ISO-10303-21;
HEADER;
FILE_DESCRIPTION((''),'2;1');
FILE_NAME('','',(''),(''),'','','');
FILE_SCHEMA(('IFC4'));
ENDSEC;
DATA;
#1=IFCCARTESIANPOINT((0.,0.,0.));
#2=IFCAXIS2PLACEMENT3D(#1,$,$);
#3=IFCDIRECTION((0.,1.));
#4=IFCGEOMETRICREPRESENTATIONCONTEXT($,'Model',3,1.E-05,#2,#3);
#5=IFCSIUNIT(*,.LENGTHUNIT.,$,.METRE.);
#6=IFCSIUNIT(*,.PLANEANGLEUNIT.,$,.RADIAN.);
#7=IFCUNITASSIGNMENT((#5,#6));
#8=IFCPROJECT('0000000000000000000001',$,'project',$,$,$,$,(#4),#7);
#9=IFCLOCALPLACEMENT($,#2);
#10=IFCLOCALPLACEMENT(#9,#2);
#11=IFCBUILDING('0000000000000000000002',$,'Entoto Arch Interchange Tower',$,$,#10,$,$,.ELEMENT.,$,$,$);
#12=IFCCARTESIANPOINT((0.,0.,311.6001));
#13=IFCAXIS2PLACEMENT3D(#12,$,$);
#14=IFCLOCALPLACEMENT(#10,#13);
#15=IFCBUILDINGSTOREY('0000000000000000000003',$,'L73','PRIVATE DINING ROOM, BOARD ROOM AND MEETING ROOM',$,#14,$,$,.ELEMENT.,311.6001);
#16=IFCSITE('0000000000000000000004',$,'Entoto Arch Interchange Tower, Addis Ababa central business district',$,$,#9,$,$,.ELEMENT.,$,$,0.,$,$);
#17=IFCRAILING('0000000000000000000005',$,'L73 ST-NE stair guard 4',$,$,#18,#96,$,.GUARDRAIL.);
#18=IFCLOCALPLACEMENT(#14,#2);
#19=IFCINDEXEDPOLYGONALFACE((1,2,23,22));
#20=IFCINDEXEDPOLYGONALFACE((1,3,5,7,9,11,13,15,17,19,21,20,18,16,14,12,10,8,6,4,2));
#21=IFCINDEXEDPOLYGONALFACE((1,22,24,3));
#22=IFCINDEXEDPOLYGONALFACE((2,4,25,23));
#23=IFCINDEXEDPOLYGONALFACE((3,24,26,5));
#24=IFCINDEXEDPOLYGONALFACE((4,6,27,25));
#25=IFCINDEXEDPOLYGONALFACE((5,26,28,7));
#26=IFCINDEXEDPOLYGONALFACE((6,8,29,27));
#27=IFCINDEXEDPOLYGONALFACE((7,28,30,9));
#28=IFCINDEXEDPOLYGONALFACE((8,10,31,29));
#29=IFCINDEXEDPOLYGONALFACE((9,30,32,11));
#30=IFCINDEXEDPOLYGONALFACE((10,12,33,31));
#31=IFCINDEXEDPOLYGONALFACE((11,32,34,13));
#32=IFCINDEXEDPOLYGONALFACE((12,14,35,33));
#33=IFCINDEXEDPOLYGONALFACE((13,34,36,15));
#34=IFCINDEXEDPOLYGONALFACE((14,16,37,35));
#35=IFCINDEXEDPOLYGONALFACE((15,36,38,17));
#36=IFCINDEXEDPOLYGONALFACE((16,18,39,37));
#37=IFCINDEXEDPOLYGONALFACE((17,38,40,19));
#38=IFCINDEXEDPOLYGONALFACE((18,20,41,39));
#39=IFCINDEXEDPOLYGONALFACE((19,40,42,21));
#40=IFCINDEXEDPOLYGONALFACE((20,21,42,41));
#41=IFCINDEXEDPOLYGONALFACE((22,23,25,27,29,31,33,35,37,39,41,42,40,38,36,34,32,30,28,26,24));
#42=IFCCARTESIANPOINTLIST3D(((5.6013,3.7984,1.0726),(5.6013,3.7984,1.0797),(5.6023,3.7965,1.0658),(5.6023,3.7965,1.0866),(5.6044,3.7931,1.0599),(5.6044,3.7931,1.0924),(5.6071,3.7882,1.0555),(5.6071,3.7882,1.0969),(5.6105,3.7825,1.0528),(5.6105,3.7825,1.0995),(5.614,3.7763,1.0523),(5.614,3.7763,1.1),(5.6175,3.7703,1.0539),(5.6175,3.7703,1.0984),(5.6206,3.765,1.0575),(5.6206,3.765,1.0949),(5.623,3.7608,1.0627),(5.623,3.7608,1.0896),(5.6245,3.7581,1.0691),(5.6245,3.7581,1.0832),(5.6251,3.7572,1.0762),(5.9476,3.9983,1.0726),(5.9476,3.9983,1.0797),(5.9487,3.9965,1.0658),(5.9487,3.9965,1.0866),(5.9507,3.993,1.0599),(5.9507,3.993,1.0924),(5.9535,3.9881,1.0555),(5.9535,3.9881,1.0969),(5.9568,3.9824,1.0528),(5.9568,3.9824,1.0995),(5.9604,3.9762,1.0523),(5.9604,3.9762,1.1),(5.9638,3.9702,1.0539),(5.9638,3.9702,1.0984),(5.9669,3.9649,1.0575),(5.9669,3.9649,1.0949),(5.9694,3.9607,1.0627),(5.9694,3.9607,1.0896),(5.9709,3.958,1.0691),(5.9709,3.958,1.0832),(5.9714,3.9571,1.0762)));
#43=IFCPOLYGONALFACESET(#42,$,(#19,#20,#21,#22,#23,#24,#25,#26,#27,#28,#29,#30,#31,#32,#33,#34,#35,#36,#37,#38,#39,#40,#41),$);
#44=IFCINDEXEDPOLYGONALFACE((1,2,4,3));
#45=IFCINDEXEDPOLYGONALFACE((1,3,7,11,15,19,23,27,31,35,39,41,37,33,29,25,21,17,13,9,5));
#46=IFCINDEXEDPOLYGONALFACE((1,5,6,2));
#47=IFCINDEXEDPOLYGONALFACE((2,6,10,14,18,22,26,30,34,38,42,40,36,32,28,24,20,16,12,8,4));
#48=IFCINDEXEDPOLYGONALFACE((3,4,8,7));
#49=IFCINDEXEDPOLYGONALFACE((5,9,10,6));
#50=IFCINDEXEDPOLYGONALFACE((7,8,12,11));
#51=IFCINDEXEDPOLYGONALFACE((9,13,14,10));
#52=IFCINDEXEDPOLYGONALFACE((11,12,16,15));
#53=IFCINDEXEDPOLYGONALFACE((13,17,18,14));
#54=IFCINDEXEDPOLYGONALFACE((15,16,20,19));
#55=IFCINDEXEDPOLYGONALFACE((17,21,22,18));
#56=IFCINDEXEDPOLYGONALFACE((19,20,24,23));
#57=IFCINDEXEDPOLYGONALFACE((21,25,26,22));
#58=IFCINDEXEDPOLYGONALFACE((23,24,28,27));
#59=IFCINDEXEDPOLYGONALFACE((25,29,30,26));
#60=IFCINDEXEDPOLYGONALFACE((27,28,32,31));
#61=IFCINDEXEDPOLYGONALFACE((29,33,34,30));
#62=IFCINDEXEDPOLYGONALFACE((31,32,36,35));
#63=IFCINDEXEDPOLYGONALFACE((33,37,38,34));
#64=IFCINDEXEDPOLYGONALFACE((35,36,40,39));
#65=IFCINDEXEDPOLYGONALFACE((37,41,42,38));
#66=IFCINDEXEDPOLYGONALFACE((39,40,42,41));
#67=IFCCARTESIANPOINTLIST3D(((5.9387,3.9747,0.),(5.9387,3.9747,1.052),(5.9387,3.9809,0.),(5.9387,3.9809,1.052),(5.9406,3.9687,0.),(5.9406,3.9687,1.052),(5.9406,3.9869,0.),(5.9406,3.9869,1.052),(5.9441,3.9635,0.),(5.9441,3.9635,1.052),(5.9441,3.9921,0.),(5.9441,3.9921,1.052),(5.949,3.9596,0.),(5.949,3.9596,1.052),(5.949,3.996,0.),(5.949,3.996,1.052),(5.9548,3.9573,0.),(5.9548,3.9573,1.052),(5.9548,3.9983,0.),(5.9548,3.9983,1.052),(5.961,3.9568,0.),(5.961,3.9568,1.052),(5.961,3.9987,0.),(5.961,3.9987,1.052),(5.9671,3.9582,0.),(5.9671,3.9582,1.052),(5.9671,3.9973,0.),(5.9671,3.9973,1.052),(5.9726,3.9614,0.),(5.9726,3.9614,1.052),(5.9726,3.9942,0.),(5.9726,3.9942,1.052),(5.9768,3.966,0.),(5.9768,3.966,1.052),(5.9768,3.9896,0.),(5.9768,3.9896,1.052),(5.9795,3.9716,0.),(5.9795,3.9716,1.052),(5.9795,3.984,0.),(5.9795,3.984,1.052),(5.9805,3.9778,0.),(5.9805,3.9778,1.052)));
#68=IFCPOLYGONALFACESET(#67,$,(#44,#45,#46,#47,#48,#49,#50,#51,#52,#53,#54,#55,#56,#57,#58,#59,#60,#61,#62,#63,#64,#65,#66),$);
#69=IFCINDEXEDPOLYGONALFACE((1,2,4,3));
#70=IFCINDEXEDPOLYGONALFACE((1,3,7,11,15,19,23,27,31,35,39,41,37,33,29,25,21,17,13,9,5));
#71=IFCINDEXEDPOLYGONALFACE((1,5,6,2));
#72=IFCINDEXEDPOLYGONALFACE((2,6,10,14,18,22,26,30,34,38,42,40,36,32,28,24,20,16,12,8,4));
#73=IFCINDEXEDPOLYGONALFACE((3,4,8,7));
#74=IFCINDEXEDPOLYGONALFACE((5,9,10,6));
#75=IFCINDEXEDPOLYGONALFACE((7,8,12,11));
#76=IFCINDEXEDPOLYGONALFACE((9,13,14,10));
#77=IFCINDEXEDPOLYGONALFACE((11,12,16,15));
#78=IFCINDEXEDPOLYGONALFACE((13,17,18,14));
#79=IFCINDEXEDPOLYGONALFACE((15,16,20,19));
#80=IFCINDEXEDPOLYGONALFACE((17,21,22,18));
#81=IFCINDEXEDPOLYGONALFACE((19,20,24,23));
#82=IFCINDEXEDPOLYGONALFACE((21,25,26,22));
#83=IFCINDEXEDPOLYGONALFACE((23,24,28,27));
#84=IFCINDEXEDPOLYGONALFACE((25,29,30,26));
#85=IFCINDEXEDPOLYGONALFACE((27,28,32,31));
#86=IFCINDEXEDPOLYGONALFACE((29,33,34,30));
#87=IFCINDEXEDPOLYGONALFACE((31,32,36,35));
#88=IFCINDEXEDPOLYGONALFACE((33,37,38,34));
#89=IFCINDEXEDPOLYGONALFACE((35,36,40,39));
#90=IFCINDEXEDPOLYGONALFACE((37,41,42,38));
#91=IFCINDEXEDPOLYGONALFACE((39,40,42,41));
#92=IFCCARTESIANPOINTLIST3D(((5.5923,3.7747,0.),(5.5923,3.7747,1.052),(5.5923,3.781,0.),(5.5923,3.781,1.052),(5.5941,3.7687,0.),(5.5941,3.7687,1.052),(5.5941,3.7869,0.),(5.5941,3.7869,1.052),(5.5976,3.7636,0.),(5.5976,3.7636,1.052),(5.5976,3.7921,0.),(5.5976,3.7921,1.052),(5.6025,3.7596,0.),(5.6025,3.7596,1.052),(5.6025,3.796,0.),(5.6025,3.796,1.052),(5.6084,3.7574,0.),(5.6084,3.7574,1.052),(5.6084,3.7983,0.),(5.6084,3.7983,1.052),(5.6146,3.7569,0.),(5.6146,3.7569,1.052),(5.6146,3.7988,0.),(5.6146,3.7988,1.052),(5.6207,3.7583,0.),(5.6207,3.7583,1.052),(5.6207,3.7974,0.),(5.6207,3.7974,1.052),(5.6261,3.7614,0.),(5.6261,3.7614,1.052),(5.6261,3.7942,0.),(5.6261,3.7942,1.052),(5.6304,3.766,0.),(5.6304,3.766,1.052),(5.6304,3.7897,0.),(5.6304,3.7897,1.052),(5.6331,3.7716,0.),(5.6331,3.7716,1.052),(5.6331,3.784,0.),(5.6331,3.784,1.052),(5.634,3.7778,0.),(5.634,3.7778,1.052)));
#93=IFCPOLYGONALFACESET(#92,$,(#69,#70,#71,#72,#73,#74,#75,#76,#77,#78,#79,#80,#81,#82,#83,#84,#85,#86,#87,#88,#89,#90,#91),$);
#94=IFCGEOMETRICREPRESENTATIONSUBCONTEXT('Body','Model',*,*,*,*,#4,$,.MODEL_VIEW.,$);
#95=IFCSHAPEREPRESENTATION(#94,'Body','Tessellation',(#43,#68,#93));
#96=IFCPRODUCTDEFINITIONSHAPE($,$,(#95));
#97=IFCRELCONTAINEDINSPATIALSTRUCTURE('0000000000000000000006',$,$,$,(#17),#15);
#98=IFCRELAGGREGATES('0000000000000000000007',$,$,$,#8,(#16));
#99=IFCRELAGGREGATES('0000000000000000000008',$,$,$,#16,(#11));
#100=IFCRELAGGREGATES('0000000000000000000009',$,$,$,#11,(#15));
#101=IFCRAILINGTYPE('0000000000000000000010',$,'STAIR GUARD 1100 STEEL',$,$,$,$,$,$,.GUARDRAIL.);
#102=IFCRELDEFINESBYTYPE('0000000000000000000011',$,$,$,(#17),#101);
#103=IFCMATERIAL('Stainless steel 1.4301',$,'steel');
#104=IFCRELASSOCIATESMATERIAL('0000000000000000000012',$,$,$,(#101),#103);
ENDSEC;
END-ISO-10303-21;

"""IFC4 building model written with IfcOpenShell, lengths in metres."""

from ifc_helpers import new_model, si_unit, direction, frame, origin, origin_2d, place, context, subcontext, project, spatial, circle, extrude, material, type_object, element, save


model = new_model("IFC4")

# Units and contexts
model_context = context("Model", 3, precision=1e-05, world=origin(), true_north=direction((0.0, 1.0)))
body_context = subcontext(model_context, "Body", "Model", "MODEL_VIEW")
ifc_project = project(units=[si_unit("LENGTHUNIT", "METRE"), si_unit("PLANEANGLEUNIT", "RADIAN")], contexts=[model_context])

# Site, building, storey
site_placement = place(None, origin())
site = spatial("IfcSite", under=ifc_project, at=site_placement, Name="Entoto Arch Interchange Tower, Addis Ababa central business district", CompositionType="ELEMENT", RefElevation=0.0)
building_placement = place(site_placement, origin())
building = spatial("IfcBuilding", under=site, at=building_placement, Name="Entoto Arch Interchange Tower", CompositionType="ELEMENT")
storey_placement = place(building_placement, frame((0.0, 0.0, 311.6001)))
storey = spatial("IfcBuildingStorey", under=building, at=storey_placement, Name="L73", Description="PRIVATE DINING ROOM, BOARD ROOM AND MEETING ROOM", CompositionType="ELEMENT", Elevation=311.6001)

# Railing
ifc_material_1 = material(Name="Stainless steel 1.4301", Category="steel")
railing_type_1 = type_object("IfcRailingType", Name="STAIR GUARD 1100 STEEL", PredefinedType="GUARDRAIL", material=ifc_material_1)
railing_1_placement = place(storey_placement, frame((5.9595, 3.9778, 0.0)))
element("IfcRailing", 1, at=railing_1_placement, inside=storey, type_object=railing_type_1, Name="L73 ST-NE stair guard 4", PredefinedType="GUARDRAIL", context=body_context, shape_type="SweptSolid", body=[
    extrude(circle(Radius=0.0239, at=origin_2d()), frame((0.0, 0.0, 1.0762), z_axis=(-0.866094, -0.499881, 0.0), x_axis=(0.499881, -0.866094, 0.0)), (0.0, 0.0, 1.0), 0.3999),
    extrude(circle(Radius=0.021, at=origin_2d()), origin(), (0.0, 0.0, 1.0), 1.052),
    extrude(circle(Radius=0.021, at=origin_2d()), frame((-0.3464, -0.2, 0.0)), (0.0, 0.0, 1.0), 1.052),
])

save(model, "model.ifc")
